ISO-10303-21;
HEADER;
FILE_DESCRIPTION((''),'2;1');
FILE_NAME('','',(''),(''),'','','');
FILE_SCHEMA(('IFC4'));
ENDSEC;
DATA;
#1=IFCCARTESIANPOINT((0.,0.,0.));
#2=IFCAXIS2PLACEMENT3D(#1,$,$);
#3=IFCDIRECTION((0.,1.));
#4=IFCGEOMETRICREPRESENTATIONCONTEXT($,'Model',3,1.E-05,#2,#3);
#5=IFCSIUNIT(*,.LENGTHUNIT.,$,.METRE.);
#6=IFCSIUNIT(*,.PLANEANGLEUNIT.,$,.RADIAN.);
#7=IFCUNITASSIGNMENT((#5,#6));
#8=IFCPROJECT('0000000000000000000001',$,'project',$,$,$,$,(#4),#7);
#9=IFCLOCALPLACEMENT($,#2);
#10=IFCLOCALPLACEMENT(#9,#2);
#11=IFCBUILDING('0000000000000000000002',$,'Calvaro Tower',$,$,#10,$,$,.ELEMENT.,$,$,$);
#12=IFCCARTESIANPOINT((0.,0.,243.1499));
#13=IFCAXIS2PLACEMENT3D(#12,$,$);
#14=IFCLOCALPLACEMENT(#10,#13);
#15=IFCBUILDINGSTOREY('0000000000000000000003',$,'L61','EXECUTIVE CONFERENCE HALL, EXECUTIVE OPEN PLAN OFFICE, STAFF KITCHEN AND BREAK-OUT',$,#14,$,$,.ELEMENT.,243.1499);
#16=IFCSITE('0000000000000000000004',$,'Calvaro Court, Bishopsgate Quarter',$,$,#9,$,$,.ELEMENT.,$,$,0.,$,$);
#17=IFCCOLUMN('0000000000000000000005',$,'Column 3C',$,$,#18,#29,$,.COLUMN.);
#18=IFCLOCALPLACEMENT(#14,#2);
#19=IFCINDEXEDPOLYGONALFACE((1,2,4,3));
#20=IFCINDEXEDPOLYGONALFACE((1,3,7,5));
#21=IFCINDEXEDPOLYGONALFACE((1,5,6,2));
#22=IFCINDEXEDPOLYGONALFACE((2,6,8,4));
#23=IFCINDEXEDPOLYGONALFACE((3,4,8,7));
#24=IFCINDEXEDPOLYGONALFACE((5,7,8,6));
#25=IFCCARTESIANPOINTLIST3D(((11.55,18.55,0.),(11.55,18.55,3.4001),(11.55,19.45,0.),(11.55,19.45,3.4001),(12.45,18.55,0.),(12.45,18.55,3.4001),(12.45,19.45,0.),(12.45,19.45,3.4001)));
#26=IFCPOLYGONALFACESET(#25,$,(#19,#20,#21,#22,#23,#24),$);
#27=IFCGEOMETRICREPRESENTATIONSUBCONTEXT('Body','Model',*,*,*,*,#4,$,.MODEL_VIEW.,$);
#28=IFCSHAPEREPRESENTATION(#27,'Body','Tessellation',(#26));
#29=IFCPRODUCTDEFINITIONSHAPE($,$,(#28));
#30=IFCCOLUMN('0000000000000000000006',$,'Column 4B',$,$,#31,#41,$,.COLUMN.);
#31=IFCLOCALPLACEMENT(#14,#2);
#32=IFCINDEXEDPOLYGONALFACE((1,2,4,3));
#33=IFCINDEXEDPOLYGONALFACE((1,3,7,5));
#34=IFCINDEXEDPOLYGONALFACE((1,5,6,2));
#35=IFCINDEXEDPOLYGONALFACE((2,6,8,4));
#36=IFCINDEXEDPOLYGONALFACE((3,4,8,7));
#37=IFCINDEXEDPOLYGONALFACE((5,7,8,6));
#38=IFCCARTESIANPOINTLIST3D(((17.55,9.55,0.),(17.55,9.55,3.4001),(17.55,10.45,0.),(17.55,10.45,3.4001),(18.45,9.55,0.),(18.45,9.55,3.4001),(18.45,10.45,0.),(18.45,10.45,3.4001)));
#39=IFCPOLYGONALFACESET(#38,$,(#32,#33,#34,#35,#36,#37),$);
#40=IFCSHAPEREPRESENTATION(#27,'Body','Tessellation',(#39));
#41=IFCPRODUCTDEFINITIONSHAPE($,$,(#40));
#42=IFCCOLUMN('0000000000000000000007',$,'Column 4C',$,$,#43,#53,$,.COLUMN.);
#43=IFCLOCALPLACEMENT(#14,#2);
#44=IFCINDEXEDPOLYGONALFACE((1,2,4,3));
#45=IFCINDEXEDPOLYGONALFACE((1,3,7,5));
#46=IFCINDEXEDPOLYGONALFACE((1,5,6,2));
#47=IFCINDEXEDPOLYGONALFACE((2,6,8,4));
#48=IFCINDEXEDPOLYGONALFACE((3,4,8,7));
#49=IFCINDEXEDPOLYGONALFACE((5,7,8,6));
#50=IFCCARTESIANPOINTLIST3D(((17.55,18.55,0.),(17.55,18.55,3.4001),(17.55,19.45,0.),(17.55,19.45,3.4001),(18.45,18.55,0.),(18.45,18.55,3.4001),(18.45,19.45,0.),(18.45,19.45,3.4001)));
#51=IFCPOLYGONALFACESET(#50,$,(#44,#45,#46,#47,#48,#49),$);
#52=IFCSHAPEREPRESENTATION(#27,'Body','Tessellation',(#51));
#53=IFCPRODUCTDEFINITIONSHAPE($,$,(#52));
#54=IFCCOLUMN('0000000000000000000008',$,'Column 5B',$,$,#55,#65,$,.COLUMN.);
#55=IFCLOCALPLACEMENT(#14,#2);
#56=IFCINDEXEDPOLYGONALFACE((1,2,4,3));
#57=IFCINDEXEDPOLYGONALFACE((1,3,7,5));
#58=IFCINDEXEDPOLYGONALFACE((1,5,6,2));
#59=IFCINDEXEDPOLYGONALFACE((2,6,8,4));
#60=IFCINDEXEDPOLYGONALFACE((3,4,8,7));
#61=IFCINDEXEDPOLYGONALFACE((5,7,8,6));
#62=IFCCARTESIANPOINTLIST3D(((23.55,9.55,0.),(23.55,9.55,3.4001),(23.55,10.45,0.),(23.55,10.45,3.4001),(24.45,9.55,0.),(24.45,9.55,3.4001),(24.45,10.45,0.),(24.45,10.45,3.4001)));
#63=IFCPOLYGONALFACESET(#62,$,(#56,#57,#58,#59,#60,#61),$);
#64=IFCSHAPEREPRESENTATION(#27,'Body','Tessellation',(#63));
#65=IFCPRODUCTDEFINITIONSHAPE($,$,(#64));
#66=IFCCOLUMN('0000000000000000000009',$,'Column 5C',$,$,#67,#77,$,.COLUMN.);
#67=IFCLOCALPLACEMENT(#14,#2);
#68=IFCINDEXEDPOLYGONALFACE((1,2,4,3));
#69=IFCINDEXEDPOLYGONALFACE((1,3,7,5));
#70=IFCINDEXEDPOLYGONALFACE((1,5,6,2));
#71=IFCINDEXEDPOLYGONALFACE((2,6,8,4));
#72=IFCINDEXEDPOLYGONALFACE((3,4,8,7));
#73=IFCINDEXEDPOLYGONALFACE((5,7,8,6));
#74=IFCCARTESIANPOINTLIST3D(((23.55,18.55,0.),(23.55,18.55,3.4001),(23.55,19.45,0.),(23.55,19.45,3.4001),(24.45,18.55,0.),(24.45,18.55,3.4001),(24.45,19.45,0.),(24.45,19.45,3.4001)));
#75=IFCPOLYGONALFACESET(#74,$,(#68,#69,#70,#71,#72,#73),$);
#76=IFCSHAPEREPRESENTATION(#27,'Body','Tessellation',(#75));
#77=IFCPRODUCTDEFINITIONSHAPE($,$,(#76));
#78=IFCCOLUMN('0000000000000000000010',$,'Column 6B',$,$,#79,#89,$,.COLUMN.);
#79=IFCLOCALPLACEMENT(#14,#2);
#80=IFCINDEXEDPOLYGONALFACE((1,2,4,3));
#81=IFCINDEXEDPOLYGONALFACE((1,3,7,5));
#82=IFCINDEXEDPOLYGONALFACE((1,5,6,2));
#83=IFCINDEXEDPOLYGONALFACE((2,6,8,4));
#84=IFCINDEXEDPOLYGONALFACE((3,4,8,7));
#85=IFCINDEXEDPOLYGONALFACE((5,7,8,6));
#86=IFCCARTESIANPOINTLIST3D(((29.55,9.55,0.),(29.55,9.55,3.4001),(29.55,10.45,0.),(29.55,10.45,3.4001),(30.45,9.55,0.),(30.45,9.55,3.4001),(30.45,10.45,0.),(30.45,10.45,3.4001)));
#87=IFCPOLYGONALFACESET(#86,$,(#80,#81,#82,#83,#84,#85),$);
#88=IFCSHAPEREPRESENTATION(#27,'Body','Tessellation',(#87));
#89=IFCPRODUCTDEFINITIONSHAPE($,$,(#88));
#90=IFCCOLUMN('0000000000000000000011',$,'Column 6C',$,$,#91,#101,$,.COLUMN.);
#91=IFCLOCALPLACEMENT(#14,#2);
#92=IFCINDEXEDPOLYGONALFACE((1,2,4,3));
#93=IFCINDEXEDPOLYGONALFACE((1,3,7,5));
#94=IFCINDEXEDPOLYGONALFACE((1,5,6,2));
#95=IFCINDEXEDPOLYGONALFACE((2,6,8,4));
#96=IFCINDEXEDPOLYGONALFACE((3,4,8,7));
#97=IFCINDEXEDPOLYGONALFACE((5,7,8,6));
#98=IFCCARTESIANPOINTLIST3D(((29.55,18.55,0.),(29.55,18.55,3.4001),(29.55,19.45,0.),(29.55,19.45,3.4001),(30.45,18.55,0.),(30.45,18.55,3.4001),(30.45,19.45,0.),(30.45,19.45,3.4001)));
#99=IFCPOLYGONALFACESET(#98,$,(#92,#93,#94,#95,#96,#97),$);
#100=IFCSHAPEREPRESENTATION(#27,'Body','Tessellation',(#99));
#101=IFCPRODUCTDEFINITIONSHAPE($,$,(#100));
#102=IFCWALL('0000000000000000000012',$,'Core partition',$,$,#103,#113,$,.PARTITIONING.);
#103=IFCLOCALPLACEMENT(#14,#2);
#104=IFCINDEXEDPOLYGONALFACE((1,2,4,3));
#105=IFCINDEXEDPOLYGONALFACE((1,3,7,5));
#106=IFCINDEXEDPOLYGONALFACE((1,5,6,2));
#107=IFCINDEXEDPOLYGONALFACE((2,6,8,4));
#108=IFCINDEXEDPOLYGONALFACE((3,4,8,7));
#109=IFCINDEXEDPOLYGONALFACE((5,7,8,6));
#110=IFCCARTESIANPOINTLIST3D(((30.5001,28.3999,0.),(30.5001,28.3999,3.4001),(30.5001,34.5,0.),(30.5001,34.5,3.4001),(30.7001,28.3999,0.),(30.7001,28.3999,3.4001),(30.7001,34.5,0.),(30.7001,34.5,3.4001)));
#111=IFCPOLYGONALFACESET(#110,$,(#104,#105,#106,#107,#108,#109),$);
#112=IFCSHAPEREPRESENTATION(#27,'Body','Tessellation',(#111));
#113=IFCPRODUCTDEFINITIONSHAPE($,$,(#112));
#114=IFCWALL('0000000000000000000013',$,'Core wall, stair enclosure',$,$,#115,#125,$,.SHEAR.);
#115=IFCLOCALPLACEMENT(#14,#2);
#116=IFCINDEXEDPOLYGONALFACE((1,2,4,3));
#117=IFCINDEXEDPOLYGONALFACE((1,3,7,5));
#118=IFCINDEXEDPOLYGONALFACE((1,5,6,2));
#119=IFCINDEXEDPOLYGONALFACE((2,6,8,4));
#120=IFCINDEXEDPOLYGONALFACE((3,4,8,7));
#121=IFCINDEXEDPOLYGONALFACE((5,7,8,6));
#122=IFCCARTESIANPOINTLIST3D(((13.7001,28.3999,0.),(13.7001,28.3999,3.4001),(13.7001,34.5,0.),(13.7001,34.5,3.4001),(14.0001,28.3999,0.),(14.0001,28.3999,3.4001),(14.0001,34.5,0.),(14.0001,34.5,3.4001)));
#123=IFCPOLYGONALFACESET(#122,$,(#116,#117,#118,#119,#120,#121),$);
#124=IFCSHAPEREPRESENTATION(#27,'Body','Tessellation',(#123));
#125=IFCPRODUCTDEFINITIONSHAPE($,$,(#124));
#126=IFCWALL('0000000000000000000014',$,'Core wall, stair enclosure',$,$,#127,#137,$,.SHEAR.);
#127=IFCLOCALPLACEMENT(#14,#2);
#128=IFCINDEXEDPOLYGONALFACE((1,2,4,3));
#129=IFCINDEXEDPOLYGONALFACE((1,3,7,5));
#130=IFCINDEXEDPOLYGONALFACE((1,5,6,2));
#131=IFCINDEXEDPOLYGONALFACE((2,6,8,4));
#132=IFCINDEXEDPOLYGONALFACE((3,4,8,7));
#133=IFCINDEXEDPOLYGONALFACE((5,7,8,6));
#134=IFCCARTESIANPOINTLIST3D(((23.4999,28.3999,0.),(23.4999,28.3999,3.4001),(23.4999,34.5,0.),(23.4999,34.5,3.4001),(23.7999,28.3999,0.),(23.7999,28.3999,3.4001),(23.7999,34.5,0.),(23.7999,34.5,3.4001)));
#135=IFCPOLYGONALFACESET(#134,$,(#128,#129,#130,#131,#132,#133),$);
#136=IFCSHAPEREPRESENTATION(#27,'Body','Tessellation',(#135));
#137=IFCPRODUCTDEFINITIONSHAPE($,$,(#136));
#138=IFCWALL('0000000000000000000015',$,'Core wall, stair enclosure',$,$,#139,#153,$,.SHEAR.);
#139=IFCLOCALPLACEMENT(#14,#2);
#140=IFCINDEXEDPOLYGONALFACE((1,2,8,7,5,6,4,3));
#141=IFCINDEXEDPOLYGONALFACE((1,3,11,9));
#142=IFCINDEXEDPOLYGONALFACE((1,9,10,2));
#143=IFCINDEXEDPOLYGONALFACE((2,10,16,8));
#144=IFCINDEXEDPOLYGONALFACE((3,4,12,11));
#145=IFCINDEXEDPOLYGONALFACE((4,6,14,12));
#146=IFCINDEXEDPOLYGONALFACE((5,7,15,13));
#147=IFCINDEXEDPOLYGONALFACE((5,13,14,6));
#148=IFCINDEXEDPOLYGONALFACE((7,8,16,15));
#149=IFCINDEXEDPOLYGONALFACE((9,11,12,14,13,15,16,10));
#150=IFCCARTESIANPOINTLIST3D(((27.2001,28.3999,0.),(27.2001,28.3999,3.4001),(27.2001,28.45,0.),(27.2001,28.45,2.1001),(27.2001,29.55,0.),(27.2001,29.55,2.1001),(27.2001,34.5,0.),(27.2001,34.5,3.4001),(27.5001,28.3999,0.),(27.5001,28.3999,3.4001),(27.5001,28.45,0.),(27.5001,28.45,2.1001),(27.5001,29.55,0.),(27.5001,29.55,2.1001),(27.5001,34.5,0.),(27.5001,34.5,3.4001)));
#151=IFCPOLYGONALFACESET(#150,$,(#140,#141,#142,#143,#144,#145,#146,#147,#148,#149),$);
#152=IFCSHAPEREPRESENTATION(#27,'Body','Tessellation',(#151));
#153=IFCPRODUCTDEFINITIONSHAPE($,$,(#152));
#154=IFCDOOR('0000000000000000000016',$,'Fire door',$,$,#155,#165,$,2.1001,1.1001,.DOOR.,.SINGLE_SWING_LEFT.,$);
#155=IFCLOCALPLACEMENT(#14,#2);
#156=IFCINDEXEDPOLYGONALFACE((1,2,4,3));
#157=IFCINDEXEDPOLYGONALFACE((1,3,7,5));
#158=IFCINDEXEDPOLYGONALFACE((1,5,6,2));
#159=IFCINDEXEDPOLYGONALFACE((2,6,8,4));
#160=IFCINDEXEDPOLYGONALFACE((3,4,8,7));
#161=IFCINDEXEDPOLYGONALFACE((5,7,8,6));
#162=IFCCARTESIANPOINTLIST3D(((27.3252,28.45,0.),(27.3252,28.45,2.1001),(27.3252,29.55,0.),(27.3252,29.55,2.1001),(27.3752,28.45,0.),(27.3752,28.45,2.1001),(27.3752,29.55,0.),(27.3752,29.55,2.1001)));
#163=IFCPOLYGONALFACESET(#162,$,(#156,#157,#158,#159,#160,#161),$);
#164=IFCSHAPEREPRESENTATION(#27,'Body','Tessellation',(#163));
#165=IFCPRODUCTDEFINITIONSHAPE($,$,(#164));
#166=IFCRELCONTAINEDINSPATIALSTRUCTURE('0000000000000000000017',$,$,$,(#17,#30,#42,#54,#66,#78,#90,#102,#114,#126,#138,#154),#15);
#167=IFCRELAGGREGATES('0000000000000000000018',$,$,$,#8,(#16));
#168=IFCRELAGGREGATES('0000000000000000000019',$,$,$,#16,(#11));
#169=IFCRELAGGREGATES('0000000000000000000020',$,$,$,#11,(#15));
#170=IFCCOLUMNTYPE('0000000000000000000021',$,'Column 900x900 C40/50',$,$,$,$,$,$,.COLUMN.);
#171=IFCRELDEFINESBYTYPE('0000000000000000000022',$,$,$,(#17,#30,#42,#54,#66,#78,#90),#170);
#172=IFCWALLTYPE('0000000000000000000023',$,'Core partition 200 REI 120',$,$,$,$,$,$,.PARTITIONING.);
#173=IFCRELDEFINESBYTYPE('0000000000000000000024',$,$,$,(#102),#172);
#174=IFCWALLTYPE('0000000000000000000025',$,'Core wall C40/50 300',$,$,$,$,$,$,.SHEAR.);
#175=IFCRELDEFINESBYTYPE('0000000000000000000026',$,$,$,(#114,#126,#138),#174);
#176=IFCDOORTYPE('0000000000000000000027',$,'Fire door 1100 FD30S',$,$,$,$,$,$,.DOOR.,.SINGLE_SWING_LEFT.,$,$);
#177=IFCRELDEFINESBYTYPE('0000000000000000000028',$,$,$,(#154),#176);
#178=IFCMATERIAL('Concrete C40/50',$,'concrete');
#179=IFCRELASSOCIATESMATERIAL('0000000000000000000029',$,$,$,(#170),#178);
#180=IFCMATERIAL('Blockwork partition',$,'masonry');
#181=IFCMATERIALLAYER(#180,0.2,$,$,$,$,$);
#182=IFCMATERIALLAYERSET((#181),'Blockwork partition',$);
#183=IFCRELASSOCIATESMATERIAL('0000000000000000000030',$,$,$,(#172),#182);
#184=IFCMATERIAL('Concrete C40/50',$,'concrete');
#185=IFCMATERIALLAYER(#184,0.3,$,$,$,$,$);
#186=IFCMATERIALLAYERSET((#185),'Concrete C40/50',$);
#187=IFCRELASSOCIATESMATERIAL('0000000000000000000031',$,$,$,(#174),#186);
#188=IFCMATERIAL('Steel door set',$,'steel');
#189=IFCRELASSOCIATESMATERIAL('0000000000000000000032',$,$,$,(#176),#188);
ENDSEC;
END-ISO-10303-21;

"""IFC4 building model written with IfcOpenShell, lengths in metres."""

from ifc_helpers import new_model, si_unit, direction, frame, frame_2d, origin, origin_2d, place, context, subcontext, project, spatial, rectangle, extrude, material, layer, layer_set, material_profile, profile_set, type_object, element, fill, save


model = new_model("IFC4")

# Units and contexts
model_context = context("Model", 3, precision=1e-05, world=origin(), true_north=direction((0.0, 1.0)))
body_context = subcontext(model_context, "Body", "Model", "MODEL_VIEW")
ifc_project = project(units=[si_unit("LENGTHUNIT", "METRE"), si_unit("PLANEANGLEUNIT", "RADIAN")], contexts=[model_context])

# Site, building, storey
site_placement = place(None, origin())
site = spatial("IfcSite", under=ifc_project, at=site_placement, Name="Calvaro Court, Bishopsgate Quarter", CompositionType="ELEMENT", RefElevation=0.0)
building_placement = place(site_placement, origin())
building = spatial("IfcBuilding", under=site, at=building_placement, Name="Calvaro Tower", CompositionType="ELEMENT")
storey_placement = place(building_placement, frame((0.0, 0.0, 243.1499)))
storey = spatial("IfcBuildingStorey", under=building, at=storey_placement, Name="L61", Description="EXECUTIVE CONFERENCE HALL, EXECUTIVE OPEN PLAN OFFICE, STAFF KITCHEN AND BREAK-OUT", CompositionType="ELEMENT", Elevation=243.1499)

# Columns
ifc_material_1 = material(Name="Concrete C40/50", Category="concrete")
ifc_material_profile = material_profile(ifc_material_1, rectangle(XDim=0.8999, YDim=0.8999, at=origin_2d()), Name="RC 900x900")
ifc_profile_set = profile_set([ifc_material_profile], Name="Concrete C40/50")
column_type = type_object("IfcColumnType", Name="Column 900x900 C40/50", PredefinedType="COLUMN", material=ifc_profile_set)
for number, where, z_axis, x_axis, name in (
    (1, (12.0, 19.0, 0.0), (0.0, 0.0, 1.0), (1.0, 0.0, 0.0), "Column 3C"),
    (2, (18.0, 10.0, 0.0), (0.0, 0.0, 1.0), (1.0, 0.0, 0.0), "Column 4B"),
    (3, (18.0, 19.0, 0.0), (0.0, 0.0, 1.0), (1.0, 0.0, 0.0), "Column 4C"),
    (4, (24.0, 10.0, 0.0), (0.0, 0.0, 1.0), (1.0, 0.0, 0.0), "Column 5B"),
    (5, (24.0, 19.0, 0.0), (0.0, 0.0, 1.0), (1.0, 0.0, 0.0), "Column 5C"),
    (6, (30.0, 10.0, 0.0), (0.0, 0.0, 1.0), (1.0, 0.0, 0.0), "Column 6B"),
    (7, (30.0, 19.0, 0.0), (0.0, 0.0, 1.0), (1.0, 0.0, 0.0), "Column 6C"),
):
    element("IfcColumn", number, at=place(storey_placement, frame(where, z_axis=z_axis, x_axis=x_axis)), inside=storey, type_object=column_type, Name=name, PredefinedType="COLUMN", context=body_context, shape_type="SweptSolid", body=[
        extrude(rectangle(XDim=0.8999, YDim=0.8999, at=origin_2d()), origin(), (0.0, 0.0, 1.0), 3.4001),
    ])

# Walls
ifc_material_2 = material(Name="Blockwork partition", Category="masonry")
ifc_layer_1 = layer(ifc_material_2, 0.2)
ifc_layer_set_1 = layer_set([ifc_layer_1], Name="Blockwork partition")
wall_type_1 = type_object("IfcWallType", Name="Core partition 200 REI 120", PredefinedType="PARTITIONING", material=ifc_layer_set_1)
wall_1_placement = place(storey_placement, frame((30.6001, 28.3999, 0.0), z_axis=(0.0, 0.0, 1.0), x_axis=(0.0, 1.0, 0.0)))
element("IfcWall", 8, at=wall_1_placement, inside=storey, type_object=wall_type_1, Name="Core partition", PredefinedType="PARTITIONING", context=body_context, shape_type="SweptSolid", body=[
    extrude(rectangle(XDim=6.1001, YDim=0.2, at=frame_2d((3.05, 0.0))), origin(), (0.0, 0.0, 1.0), 3.4001),
])
ifc_material_3 = material(Name="Concrete C40/50", Category="concrete")
ifc_layer_2 = layer(ifc_material_3, 0.3)
ifc_layer_set_2 = layer_set([ifc_layer_2], Name="Concrete C40/50")
wall_type_2 = type_object("IfcWallType", Name="Core wall C40/50 300", PredefinedType="SHEAR", material=ifc_layer_set_2)
for number, where, z_axis, x_axis, name in (
    (9, (13.8501, 28.3999, 0.0), (0.0, 0.0, 1.0), (0.0, 1.0, 0.0), "Core wall, stair enclosure"),
    (10, (23.6499, 28.3999, 0.0), (0.0, 0.0, 1.0), (0.0, 1.0, 0.0), "Core wall, stair enclosure"),
):
    element("IfcWall", number, at=place(storey_placement, frame(where, z_axis=z_axis, x_axis=x_axis)), inside=storey, type_object=wall_type_2, Name=name, PredefinedType="SHEAR", context=body_context, shape_type="SweptSolid", body=[
        extrude(rectangle(XDim=6.1001, YDim=0.3, at=frame_2d((3.05, 0.0))), origin(), (0.0, 0.0, 1.0), 3.4001),
    ])

# Wall, opening, door
wall_2_placement = place(storey_placement, frame((27.3501, 28.3999, 0.0), z_axis=(0.0, 0.0, 1.0), x_axis=(0.0, 1.0, 0.0)))
wall_2 = element("IfcWall", 11, at=wall_2_placement, inside=storey, type_object=wall_type_2, Name="Core wall, stair enclosure", PredefinedType="SHEAR", context=body_context, shape_type="SweptSolid", body=[
    extrude(rectangle(XDim=6.1001, YDim=0.3, at=frame_2d((3.05, 0.0))), origin(), (0.0, 0.0, 1.0), 3.4001),
])
opening_1_placement = place(wall_2_placement, frame((0.05, 0.0, 0.0)))
opening_1 = element("IfcOpeningElement", 12, at=opening_1_placement, cuts=wall_2, PredefinedType="OPENING", context=body_context, shape_type="SweptSolid", body=[
    extrude(rectangle(XDim=1.1001, YDim=2.1001, at=frame_2d((0.55, 1.05))), frame((0.0, 0.1599, 0.0), z_axis=(0.0, -1.0, 0.0), x_axis=(1.0, 0.0, 0.0)), (0.0, 0.0, 1.0), 0.3201),
])
ifc_material_4 = material(Name="Steel door set", Category="steel")
door_type_1 = type_object("IfcDoorType", Name="Fire door 1100 FD30S", OperationType="SINGLE_SWING_LEFT", PredefinedType="DOOR", material=ifc_material_4)
door_1_placement = place(opening_1_placement, origin())
door_1 = element("IfcDoor", 13, at=door_1_placement, inside=storey, type_object=door_type_1, Name="Fire door", OperationType="SINGLE_SWING_LEFT", OverallHeight=2.1001, OverallWidth=1.1001, PredefinedType="DOOR", context=body_context, shape_type="SweptSolid", body=[
    extrude(rectangle(XDim=1.1001, YDim=2.1001, at=frame_2d((0.55, 1.05))), frame((0.0, 0.0249, 0.0), z_axis=(0.0, -1.0, 0.0), x_axis=(1.0, 0.0, 0.0)), (0.0, 0.0, 1.0), 0.05),
])
fill(opening_1, door_1)

save(model, "model.ifc")
